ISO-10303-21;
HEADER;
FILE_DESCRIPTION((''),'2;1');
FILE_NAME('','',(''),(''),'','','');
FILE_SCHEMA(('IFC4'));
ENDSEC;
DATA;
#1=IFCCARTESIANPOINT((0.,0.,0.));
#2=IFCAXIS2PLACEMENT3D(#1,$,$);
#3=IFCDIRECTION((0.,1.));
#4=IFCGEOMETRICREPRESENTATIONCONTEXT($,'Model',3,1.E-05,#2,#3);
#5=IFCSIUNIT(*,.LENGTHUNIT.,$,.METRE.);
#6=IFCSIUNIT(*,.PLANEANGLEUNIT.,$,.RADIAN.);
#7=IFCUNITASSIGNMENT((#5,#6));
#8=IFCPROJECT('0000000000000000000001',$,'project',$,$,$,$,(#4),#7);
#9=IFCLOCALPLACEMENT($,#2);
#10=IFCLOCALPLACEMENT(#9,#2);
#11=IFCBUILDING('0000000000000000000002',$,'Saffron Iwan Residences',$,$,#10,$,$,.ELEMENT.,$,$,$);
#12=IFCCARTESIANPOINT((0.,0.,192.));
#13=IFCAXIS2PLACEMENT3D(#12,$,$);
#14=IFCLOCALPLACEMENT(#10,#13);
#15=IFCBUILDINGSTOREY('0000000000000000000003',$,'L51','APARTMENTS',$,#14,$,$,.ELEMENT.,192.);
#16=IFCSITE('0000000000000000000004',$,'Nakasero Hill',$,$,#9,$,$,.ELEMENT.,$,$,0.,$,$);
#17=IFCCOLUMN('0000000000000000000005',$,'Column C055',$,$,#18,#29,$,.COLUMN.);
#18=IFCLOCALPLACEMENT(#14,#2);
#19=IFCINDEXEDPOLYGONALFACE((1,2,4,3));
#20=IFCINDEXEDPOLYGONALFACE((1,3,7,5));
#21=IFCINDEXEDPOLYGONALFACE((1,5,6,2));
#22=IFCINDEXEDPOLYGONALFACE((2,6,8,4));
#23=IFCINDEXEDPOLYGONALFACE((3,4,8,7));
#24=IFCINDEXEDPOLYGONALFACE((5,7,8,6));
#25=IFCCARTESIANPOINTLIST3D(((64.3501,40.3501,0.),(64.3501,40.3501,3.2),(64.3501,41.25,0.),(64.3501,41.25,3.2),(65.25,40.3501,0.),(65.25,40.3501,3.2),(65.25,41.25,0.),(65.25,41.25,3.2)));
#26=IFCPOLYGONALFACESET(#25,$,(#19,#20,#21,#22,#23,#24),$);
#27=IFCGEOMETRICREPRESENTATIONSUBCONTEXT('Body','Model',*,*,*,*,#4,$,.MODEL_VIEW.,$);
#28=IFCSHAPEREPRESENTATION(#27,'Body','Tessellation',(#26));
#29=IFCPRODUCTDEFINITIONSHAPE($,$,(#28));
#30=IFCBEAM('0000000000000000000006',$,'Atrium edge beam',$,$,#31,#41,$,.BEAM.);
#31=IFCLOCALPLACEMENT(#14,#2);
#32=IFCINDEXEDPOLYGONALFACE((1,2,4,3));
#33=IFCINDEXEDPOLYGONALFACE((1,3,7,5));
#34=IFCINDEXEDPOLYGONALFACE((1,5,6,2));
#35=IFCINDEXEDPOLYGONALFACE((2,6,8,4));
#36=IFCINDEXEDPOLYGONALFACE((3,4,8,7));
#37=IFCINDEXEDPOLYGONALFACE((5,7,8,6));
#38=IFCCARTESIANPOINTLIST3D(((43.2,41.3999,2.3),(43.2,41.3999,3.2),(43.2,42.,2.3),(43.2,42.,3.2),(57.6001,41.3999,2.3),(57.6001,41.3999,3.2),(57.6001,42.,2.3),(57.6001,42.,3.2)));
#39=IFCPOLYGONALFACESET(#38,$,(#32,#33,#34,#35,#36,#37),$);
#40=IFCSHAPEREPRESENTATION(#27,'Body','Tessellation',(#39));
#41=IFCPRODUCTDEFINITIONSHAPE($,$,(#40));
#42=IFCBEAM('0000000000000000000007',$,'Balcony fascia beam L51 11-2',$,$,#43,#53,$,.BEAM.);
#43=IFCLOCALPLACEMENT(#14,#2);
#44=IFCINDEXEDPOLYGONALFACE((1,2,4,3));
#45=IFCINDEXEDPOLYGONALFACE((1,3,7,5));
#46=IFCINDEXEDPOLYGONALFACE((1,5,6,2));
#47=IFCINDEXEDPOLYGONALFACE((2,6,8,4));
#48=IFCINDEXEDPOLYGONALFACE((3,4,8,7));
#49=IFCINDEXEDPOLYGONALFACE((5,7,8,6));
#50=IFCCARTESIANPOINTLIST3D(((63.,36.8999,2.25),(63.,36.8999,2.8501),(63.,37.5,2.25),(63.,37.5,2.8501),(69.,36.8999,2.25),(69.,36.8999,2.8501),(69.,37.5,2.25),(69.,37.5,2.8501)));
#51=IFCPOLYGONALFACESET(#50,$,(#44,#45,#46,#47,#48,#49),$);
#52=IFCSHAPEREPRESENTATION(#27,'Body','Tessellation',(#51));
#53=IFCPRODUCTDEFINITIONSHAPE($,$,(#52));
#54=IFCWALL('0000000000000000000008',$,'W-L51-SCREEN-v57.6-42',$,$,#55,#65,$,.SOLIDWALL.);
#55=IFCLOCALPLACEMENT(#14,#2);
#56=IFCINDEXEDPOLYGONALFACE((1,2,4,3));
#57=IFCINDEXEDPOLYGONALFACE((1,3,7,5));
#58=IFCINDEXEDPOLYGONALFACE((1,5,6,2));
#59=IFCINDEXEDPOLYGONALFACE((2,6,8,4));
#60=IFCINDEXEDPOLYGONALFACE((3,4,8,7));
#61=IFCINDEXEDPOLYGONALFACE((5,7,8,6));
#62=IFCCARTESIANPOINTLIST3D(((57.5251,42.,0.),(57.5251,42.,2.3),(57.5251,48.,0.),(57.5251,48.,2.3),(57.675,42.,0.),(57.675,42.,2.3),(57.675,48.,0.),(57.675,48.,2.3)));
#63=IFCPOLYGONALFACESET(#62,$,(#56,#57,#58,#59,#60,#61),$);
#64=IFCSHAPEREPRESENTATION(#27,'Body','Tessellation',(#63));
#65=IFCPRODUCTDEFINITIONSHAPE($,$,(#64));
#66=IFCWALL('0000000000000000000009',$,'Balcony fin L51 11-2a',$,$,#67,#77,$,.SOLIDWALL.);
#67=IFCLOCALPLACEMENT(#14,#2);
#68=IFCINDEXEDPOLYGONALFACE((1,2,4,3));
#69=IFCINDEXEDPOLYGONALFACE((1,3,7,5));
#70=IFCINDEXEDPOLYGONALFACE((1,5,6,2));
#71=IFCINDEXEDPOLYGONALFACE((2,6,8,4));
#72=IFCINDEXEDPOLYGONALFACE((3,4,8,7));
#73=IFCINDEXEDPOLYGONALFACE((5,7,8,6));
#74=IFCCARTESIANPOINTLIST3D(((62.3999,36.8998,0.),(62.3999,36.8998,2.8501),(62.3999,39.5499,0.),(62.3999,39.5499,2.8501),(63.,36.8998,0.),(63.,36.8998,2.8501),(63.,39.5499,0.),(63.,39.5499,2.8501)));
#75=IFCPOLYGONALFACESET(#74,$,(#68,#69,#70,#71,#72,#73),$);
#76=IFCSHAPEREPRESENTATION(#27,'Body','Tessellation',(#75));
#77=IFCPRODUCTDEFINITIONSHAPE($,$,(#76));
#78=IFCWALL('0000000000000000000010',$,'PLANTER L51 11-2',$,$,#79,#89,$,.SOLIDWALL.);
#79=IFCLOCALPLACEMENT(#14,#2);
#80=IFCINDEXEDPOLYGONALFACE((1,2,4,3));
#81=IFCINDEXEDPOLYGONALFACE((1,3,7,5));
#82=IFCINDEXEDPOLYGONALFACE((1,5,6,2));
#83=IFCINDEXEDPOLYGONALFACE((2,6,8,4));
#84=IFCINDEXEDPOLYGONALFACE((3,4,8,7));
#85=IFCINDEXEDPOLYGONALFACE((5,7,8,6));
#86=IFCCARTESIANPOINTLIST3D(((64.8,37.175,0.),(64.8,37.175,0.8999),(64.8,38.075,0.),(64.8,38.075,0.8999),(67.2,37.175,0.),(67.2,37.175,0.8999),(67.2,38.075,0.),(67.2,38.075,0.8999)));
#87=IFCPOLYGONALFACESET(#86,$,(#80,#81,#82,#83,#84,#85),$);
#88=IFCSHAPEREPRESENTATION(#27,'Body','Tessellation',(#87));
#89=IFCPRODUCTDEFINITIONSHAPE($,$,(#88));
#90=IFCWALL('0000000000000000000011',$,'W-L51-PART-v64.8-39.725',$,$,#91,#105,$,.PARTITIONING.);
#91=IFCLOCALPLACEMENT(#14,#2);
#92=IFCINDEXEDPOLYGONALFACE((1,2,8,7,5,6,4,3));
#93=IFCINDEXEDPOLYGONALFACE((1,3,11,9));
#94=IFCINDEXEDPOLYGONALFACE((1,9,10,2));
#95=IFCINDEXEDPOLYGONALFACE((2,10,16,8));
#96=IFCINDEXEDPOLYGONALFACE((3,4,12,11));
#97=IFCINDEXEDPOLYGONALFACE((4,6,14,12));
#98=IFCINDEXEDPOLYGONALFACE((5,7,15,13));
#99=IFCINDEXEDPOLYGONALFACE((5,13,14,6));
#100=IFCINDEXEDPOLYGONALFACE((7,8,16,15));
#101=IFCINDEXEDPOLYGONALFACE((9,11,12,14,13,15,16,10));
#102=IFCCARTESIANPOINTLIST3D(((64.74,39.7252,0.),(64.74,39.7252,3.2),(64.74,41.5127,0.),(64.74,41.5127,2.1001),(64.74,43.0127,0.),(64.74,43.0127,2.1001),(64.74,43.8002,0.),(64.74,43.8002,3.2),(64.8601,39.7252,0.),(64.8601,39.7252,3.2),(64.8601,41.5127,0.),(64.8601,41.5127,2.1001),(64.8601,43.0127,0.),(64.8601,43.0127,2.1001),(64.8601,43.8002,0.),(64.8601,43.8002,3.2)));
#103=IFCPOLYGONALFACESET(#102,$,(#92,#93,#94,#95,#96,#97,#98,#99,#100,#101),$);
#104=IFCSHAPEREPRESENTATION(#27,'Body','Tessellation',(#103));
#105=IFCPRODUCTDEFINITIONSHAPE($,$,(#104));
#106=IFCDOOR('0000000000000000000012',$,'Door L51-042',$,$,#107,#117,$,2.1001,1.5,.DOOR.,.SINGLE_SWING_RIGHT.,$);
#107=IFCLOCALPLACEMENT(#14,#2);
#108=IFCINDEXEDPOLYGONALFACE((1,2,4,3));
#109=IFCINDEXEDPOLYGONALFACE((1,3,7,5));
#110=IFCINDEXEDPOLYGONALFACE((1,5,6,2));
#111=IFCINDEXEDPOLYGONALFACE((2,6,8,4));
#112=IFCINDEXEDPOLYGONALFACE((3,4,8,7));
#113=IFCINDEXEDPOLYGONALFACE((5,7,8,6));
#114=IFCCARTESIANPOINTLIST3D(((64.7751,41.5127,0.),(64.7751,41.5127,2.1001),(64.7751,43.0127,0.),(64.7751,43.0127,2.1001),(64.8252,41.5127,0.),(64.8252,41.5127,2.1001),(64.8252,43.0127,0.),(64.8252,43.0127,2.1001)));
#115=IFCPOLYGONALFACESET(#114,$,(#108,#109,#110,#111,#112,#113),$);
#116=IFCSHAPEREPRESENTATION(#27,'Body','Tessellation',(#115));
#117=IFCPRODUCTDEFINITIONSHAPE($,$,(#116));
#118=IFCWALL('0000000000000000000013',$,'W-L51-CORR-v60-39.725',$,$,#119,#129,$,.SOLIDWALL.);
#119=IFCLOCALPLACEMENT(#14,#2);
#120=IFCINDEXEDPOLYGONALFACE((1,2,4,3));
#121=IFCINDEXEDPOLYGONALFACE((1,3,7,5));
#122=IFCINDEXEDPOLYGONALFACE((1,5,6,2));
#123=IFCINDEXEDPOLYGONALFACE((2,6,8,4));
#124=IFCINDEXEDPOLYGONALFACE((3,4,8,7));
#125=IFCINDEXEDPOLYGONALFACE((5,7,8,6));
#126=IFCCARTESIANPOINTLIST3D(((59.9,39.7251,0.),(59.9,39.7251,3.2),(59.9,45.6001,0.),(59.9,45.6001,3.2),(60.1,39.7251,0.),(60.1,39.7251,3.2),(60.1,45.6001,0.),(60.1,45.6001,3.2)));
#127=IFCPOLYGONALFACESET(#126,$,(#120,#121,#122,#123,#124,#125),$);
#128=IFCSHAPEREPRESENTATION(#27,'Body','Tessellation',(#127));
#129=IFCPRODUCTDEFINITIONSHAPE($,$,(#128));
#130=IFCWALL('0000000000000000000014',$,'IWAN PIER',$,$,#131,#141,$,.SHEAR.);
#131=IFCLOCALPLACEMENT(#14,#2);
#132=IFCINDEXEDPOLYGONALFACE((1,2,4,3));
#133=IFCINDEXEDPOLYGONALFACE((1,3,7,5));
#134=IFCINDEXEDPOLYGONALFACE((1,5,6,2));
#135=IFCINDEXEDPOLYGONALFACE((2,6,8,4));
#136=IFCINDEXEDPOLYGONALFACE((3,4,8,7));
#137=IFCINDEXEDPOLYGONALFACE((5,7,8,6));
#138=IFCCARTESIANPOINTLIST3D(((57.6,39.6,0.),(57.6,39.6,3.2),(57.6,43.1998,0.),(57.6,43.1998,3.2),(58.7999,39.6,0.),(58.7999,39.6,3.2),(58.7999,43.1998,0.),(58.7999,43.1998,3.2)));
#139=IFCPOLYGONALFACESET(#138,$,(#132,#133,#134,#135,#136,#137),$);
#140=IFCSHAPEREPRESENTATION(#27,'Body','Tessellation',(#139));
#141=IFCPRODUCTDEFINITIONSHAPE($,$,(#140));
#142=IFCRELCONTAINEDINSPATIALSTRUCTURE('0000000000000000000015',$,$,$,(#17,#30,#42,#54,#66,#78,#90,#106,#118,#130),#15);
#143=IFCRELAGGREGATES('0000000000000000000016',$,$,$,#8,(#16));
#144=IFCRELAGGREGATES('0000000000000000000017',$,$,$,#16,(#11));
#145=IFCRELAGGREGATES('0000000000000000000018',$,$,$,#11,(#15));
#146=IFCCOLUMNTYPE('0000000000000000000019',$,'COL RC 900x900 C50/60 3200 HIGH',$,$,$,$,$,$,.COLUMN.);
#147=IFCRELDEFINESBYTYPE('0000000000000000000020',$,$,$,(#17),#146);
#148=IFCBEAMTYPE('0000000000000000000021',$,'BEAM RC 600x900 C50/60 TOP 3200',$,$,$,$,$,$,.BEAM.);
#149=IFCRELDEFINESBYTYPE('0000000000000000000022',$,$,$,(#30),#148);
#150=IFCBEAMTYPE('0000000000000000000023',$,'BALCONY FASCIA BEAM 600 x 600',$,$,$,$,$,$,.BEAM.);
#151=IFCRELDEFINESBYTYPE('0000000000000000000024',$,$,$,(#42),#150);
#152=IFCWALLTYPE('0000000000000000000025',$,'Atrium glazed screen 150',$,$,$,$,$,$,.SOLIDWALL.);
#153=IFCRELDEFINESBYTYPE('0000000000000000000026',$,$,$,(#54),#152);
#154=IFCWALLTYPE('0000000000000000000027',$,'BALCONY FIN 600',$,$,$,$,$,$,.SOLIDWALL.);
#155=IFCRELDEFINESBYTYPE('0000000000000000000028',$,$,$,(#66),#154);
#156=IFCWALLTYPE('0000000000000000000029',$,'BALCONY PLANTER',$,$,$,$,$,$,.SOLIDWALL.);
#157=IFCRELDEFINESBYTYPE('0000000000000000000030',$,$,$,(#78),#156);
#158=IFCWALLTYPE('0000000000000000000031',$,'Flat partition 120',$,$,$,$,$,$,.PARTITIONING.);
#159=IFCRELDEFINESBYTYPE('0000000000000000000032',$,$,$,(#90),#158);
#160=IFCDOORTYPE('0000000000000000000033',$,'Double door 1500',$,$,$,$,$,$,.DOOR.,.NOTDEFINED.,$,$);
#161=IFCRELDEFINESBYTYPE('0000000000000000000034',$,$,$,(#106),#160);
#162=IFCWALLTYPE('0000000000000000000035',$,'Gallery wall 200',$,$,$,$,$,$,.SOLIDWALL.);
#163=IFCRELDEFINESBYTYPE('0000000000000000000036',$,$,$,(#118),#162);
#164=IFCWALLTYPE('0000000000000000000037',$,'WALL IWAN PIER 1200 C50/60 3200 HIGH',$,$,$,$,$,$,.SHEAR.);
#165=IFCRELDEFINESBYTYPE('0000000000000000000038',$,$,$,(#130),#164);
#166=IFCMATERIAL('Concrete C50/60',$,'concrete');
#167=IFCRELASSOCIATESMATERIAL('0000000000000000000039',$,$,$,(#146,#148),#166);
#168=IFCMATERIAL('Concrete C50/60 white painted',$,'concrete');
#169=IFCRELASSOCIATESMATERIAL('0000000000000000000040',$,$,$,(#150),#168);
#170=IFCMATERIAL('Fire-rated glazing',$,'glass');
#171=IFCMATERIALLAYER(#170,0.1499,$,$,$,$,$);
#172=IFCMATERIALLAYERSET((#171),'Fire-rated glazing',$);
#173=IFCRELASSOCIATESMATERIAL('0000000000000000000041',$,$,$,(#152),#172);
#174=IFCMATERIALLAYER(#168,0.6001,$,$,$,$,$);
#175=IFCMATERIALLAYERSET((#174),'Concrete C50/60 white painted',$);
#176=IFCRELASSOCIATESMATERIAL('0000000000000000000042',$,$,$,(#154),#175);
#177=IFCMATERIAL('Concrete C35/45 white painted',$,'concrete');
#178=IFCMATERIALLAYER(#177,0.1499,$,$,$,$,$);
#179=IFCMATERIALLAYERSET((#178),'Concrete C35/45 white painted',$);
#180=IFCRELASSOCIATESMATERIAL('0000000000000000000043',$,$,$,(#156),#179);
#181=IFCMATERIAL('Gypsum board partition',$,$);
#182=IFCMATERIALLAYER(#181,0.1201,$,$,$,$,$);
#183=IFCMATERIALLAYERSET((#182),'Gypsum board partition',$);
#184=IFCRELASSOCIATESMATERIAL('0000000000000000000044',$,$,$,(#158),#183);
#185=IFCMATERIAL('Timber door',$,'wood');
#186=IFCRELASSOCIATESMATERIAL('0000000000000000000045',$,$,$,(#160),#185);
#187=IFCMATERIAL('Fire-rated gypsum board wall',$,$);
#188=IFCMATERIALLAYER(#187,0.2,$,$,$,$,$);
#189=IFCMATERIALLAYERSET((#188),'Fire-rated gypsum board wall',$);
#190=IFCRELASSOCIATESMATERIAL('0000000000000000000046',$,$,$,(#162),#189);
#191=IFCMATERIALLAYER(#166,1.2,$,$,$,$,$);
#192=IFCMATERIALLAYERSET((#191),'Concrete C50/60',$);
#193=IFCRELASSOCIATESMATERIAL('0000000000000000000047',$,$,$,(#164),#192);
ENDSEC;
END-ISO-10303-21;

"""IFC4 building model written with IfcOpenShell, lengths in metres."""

from ifc_helpers import new_model, si_unit, direction, frame, frame_2d, origin, origin_2d, place, context, subcontext, project, spatial, rectangle, extrude, source, transform, mapped, material, layer, layer_set, material_profile, profile_set, type_object, element, fill, save


model = new_model("IFC4")

# Units and contexts
model_context = context("Model", 3, precision=1e-05, world=origin(), true_north=direction((0.0, 1.0)))
body_context = subcontext(model_context, "Body", "Model", "MODEL_VIEW")
ifc_project = project(units=[si_unit("LENGTHUNIT", "METRE"), si_unit("PLANEANGLEUNIT", "RADIAN")], contexts=[model_context])

# Site, building, storey
site_placement = place(None, origin())
site = spatial("IfcSite", under=ifc_project, at=site_placement, Name="Nakasero Hill", CompositionType="ELEMENT", RefElevation=0.0)
building_placement = place(site_placement, origin())
building = spatial("IfcBuilding", under=site, at=building_placement, Name="Saffron Iwan Residences", CompositionType="ELEMENT")
storey_placement = place(building_placement, frame((0.0, 0.0, 192.0)))
storey = spatial("IfcBuildingStorey", under=building, at=storey_placement, Name="L51", Description="APARTMENTS", CompositionType="ELEMENT", Elevation=192.0)

# Column
ifc_material_1 = material(Name="Concrete C50/60", Category="concrete")
ifc_material_profile_1 = material_profile(ifc_material_1, rectangle(XDim=0.8999, YDim=0.8999, at=origin_2d()), Name="RC 900x900")
ifc_profile_set_1 = profile_set([ifc_material_profile_1], Name="Concrete C50/60")
column_type = type_object("IfcColumnType", Name="COL RC 900x900 C50/60 3200 HIGH", PredefinedType="COLUMN", material=ifc_profile_set_1)
shared_shape_1 = source(origin(), body_context, "Body", "SweptSolid", [
    extrude(rectangle(XDim=0.8999, YDim=0.8999, at=origin_2d()), origin(), (0.0, 0.0, 1.0), 3.2),
])
column_placement = place(storey_placement, frame((64.8, 40.8, 0.0), z_axis=(0.0, 0.0, 1.0), x_axis=(1.0, 0.0, 0.0)))
element("IfcColumn", 1, at=column_placement, inside=storey, type_object=column_type, Name="Column C055", PredefinedType="COLUMN", context=body_context, shape_type="MappedRepresentation", body=[
    mapped(shared_shape_1, transform((0.0, 0.0, 0.0))),
])

# Beams
ifc_material_profile_2 = material_profile(ifc_material_1, rectangle(XDim=0.6001, YDim=0.8999, at=origin_2d()), Name="RC 600x900")
ifc_profile_set_2 = profile_set([ifc_material_profile_2], Name="Concrete C50/60")
beam_type_1 = type_object("IfcBeamType", Name="BEAM RC 600x900 C50/60 TOP 3200", PredefinedType="BEAM", material=ifc_profile_set_2)
shared_shape_2 = source(origin(), body_context, "Body", "SweptSolid", [
    extrude(rectangle(XDim=0.6001, YDim=0.8999, at=origin_2d()), origin(), (0.0, 0.0, 1.0), 14.4001),
])
beam_1_placement = place(storey_placement, frame((57.6001, 41.7, 2.75), z_axis=(-1.0, 0.0, 0.0), x_axis=(0.0, -1.0, 0.0)))
element("IfcBeam", 2, at=beam_1_placement, inside=storey, type_object=beam_type_1, Name="Atrium edge beam", PredefinedType="BEAM", context=body_context, shape_type="MappedRepresentation", body=[
    mapped(shared_shape_2, transform((0.0, 0.0, 0.0))),
])
ifc_material_2 = material(Name="Concrete C50/60 white painted", Category="concrete")
ifc_material_profile_3 = material_profile(ifc_material_2, rectangle(XDim=0.6001, YDim=0.6001, at=origin_2d()), Name="BALCONY FASCIA BEAM 600 x 600")
ifc_profile_set_3 = profile_set([ifc_material_profile_3], Name="Concrete C50/60 white painted")
beam_type_2 = type_object("IfcBeamType", Name="BALCONY FASCIA BEAM 600 x 600", PredefinedType="BEAM", material=ifc_profile_set_3)
shared_shape_3 = source(origin(), body_context, "Body", "SweptSolid", [
    extrude(rectangle(XDim=0.6001, YDim=0.6001, at=origin_2d()), origin(), (0.0, 0.0, 1.0), 6.0),
])
beam_2_placement = place(storey_placement, frame((63.0, 37.2, 2.55), z_axis=(1.0, 0.0, 0.0), x_axis=(0.0, 1.0, 0.0)))
element("IfcBeam", 3, at=beam_2_placement, inside=storey, type_object=beam_type_2, Name="Balcony fascia beam L51 11-2", PredefinedType="BEAM", context=body_context, shape_type="MappedRepresentation", body=[
    mapped(shared_shape_3, transform((0.0, 0.0, 0.0))),
])

# Walls
ifc_material_3 = material(Name="Fire-rated glazing", Category="glass")
ifc_layer_1 = layer(ifc_material_3, 0.1499)
ifc_layer_set_1 = layer_set([ifc_layer_1], Name="Fire-rated glazing")
wall_type_1 = type_object("IfcWallType", Name="Atrium glazed screen 150", PredefinedType="SOLIDWALL", material=ifc_layer_set_1)
wall_1_placement = place(storey_placement, frame((57.6001, 42.0, 0.0), z_axis=(0.0, 0.0, 1.0), x_axis=(0.0, 1.0, 0.0)))
element("IfcWall", 4, at=wall_1_placement, inside=storey, type_object=wall_type_1, Name="W-L51-SCREEN-v57.6-42", PredefinedType="SOLIDWALL", context=body_context, shape_type="SweptSolid", body=[
    extrude(rectangle(XDim=6.0, YDim=0.1499, at=frame_2d((3.0, 0.0))), origin(), (0.0, 0.0, 1.0), 2.3),
])
ifc_layer_2 = layer(ifc_material_2, 0.6001)
ifc_layer_set_2 = layer_set([ifc_layer_2], Name="Concrete C50/60 white painted")
wall_type_2 = type_object("IfcWallType", Name="BALCONY FIN 600", PredefinedType="SOLIDWALL", material=ifc_layer_set_2)
wall_2_placement = place(storey_placement, frame((62.7, 39.55, 0.0), z_axis=(0.0, 0.0, 1.0), x_axis=(0.0, -1.0, 0.0)))
element("IfcWall", 5, at=wall_2_placement, inside=storey, type_object=wall_type_2, Name="Balcony fin L51 11-2a", PredefinedType="SOLIDWALL", context=body_context, shape_type="SweptSolid", body=[
    extrude(rectangle(XDim=2.6501, YDim=0.6001, at=frame_2d((1.3252, 0.0))), origin(), (0.0, 0.0, 1.0), 2.8501),
])
ifc_material_4 = material(Name="Concrete C35/45 white painted", Category="concrete")
ifc_layer_3 = layer(ifc_material_4, 0.1499)
ifc_layer_set_3 = layer_set([ifc_layer_3], Name="Concrete C35/45 white painted")
wall_type_3 = type_object("IfcWallType", Name="BALCONY PLANTER", PredefinedType="SOLIDWALL", material=ifc_layer_set_3)
wall_3_placement = place(storey_placement, frame((64.8, 37.625, 0.0), z_axis=(0.0, 0.0, 1.0), x_axis=(1.0, 0.0, 0.0)))
element("IfcWall", 6, at=wall_3_placement, inside=storey, type_object=wall_type_3, Name="PLANTER L51 11-2", PredefinedType="SOLIDWALL", context=body_context, shape_type="SweptSolid", body=[
    extrude(rectangle(XDim=2.3999, YDim=0.8999, at=frame_2d((1.2, 0.0))), origin(), (0.0, 0.0, 1.0), 0.8999),
])

# Wall, opening, door
ifc_material_5 = material(Name="Gypsum board partition")
ifc_layer_4 = layer(ifc_material_5, 0.1201)
ifc_layer_set_4 = layer_set([ifc_layer_4], Name="Gypsum board partition")
wall_type_4 = type_object("IfcWallType", Name="Flat partition 120", PredefinedType="PARTITIONING", material=ifc_layer_set_4)
wall_4_placement = place(storey_placement, frame((64.8, 39.7251, 0.0), z_axis=(0.0, 0.0, 1.0), x_axis=(0.0, 1.0, 0.0)))
wall_4 = element("IfcWall", 7, at=wall_4_placement, inside=storey, type_object=wall_type_4, Name="W-L51-PART-v64.8-39.725", PredefinedType="PARTITIONING", context=body_context, shape_type="SweptSolid", body=[
    extrude(rectangle(XDim=4.075, YDim=0.1201, at=frame_2d((2.0376, 0.0))), origin(), (0.0, 0.0, 1.0), 3.2),
])
opening_1_placement = place(wall_4_placement, frame((1.7876, 0.0, 0.0)))
opening_1 = element("IfcOpeningElement", 8, at=opening_1_placement, cuts=wall_4, PredefinedType="OPENING", context=body_context, shape_type="SweptSolid", body=[
    extrude(rectangle(XDim=1.5, YDim=2.1001, at=frame_2d((0.75, 1.05))), frame((0.0, 0.0701, 0.0), z_axis=(0.0, -1.0, 0.0), x_axis=(1.0, 0.0, 0.0)), (0.0, 0.0, 1.0), 0.1401),
])
ifc_material_6 = material(Name="Timber door", Category="wood")
door_type_1 = type_object("IfcDoorType", Name="Double door 1500", OperationType="NOTDEFINED", PredefinedType="DOOR", material=ifc_material_6)
door_1_placement = place(opening_1_placement, origin())
door_1 = element("IfcDoor", 9, at=door_1_placement, inside=storey, type_object=door_type_1, Name="Door L51-042", OperationType="SINGLE_SWING_RIGHT", OverallHeight=2.1001, OverallWidth=1.5, PredefinedType="DOOR", context=body_context, shape_type="SweptSolid", body=[
    extrude(rectangle(XDim=1.5, YDim=2.1001, at=frame_2d((0.75, 1.05))), frame((0.0, 0.0249, 0.0), z_axis=(0.0, -1.0, 0.0), x_axis=(1.0, 0.0, 0.0)), (0.0, 0.0, 1.0), 0.05),
])
fill(opening_1, door_1)

# Walls
ifc_material_7 = material(Name="Fire-rated gypsum board wall")
ifc_layer_5 = layer(ifc_material_7, 0.2)
ifc_layer_set_5 = layer_set([ifc_layer_5], Name="Fire-rated gypsum board wall")
wall_type_5 = type_object("IfcWallType", Name="Gallery wall 200", PredefinedType="SOLIDWALL", material=ifc_layer_set_5)
wall_5_placement = place(storey_placement, frame((60.0, 39.7251, 0.0), z_axis=(0.0, 0.0, 1.0), x_axis=(0.0, 1.0, 0.0)))
element("IfcWall", 10, at=wall_5_placement, inside=storey, type_object=wall_type_5, Name="W-L51-CORR-v60-39.725", PredefinedType="SOLIDWALL", context=body_context, shape_type="SweptSolid", body=[
    extrude(rectangle(XDim=5.875, YDim=0.2, at=frame_2d((2.9375, 0.0))), origin(), (0.0, 0.0, 1.0), 3.2),
])
ifc_layer_6 = layer(ifc_material_1, 1.2)
ifc_layer_set_6 = layer_set([ifc_layer_6], Name="Concrete C50/60")
wall_type_6 = type_object("IfcWallType", Name="WALL IWAN PIER 1200 C50/60 3200 HIGH", PredefinedType="SHEAR", material=ifc_layer_set_6)
wall_6_placement = place(storey_placement, frame((58.2, 39.6001, 0.0), z_axis=(0.0, 0.0, 1.0), x_axis=(0.0, 1.0, 0.0)))
element("IfcWall", 11, at=wall_6_placement, inside=storey, type_object=wall_type_6, Name="IWAN PIER", PredefinedType="SHEAR", context=body_context, shape_type="SweptSolid", body=[
    extrude(rectangle(XDim=3.5999, YDim=1.2, at=frame_2d((1.7998, 0.0))), origin(), (0.0, 0.0, 1.0), 3.2),
])

save(model, "model.ifc")
